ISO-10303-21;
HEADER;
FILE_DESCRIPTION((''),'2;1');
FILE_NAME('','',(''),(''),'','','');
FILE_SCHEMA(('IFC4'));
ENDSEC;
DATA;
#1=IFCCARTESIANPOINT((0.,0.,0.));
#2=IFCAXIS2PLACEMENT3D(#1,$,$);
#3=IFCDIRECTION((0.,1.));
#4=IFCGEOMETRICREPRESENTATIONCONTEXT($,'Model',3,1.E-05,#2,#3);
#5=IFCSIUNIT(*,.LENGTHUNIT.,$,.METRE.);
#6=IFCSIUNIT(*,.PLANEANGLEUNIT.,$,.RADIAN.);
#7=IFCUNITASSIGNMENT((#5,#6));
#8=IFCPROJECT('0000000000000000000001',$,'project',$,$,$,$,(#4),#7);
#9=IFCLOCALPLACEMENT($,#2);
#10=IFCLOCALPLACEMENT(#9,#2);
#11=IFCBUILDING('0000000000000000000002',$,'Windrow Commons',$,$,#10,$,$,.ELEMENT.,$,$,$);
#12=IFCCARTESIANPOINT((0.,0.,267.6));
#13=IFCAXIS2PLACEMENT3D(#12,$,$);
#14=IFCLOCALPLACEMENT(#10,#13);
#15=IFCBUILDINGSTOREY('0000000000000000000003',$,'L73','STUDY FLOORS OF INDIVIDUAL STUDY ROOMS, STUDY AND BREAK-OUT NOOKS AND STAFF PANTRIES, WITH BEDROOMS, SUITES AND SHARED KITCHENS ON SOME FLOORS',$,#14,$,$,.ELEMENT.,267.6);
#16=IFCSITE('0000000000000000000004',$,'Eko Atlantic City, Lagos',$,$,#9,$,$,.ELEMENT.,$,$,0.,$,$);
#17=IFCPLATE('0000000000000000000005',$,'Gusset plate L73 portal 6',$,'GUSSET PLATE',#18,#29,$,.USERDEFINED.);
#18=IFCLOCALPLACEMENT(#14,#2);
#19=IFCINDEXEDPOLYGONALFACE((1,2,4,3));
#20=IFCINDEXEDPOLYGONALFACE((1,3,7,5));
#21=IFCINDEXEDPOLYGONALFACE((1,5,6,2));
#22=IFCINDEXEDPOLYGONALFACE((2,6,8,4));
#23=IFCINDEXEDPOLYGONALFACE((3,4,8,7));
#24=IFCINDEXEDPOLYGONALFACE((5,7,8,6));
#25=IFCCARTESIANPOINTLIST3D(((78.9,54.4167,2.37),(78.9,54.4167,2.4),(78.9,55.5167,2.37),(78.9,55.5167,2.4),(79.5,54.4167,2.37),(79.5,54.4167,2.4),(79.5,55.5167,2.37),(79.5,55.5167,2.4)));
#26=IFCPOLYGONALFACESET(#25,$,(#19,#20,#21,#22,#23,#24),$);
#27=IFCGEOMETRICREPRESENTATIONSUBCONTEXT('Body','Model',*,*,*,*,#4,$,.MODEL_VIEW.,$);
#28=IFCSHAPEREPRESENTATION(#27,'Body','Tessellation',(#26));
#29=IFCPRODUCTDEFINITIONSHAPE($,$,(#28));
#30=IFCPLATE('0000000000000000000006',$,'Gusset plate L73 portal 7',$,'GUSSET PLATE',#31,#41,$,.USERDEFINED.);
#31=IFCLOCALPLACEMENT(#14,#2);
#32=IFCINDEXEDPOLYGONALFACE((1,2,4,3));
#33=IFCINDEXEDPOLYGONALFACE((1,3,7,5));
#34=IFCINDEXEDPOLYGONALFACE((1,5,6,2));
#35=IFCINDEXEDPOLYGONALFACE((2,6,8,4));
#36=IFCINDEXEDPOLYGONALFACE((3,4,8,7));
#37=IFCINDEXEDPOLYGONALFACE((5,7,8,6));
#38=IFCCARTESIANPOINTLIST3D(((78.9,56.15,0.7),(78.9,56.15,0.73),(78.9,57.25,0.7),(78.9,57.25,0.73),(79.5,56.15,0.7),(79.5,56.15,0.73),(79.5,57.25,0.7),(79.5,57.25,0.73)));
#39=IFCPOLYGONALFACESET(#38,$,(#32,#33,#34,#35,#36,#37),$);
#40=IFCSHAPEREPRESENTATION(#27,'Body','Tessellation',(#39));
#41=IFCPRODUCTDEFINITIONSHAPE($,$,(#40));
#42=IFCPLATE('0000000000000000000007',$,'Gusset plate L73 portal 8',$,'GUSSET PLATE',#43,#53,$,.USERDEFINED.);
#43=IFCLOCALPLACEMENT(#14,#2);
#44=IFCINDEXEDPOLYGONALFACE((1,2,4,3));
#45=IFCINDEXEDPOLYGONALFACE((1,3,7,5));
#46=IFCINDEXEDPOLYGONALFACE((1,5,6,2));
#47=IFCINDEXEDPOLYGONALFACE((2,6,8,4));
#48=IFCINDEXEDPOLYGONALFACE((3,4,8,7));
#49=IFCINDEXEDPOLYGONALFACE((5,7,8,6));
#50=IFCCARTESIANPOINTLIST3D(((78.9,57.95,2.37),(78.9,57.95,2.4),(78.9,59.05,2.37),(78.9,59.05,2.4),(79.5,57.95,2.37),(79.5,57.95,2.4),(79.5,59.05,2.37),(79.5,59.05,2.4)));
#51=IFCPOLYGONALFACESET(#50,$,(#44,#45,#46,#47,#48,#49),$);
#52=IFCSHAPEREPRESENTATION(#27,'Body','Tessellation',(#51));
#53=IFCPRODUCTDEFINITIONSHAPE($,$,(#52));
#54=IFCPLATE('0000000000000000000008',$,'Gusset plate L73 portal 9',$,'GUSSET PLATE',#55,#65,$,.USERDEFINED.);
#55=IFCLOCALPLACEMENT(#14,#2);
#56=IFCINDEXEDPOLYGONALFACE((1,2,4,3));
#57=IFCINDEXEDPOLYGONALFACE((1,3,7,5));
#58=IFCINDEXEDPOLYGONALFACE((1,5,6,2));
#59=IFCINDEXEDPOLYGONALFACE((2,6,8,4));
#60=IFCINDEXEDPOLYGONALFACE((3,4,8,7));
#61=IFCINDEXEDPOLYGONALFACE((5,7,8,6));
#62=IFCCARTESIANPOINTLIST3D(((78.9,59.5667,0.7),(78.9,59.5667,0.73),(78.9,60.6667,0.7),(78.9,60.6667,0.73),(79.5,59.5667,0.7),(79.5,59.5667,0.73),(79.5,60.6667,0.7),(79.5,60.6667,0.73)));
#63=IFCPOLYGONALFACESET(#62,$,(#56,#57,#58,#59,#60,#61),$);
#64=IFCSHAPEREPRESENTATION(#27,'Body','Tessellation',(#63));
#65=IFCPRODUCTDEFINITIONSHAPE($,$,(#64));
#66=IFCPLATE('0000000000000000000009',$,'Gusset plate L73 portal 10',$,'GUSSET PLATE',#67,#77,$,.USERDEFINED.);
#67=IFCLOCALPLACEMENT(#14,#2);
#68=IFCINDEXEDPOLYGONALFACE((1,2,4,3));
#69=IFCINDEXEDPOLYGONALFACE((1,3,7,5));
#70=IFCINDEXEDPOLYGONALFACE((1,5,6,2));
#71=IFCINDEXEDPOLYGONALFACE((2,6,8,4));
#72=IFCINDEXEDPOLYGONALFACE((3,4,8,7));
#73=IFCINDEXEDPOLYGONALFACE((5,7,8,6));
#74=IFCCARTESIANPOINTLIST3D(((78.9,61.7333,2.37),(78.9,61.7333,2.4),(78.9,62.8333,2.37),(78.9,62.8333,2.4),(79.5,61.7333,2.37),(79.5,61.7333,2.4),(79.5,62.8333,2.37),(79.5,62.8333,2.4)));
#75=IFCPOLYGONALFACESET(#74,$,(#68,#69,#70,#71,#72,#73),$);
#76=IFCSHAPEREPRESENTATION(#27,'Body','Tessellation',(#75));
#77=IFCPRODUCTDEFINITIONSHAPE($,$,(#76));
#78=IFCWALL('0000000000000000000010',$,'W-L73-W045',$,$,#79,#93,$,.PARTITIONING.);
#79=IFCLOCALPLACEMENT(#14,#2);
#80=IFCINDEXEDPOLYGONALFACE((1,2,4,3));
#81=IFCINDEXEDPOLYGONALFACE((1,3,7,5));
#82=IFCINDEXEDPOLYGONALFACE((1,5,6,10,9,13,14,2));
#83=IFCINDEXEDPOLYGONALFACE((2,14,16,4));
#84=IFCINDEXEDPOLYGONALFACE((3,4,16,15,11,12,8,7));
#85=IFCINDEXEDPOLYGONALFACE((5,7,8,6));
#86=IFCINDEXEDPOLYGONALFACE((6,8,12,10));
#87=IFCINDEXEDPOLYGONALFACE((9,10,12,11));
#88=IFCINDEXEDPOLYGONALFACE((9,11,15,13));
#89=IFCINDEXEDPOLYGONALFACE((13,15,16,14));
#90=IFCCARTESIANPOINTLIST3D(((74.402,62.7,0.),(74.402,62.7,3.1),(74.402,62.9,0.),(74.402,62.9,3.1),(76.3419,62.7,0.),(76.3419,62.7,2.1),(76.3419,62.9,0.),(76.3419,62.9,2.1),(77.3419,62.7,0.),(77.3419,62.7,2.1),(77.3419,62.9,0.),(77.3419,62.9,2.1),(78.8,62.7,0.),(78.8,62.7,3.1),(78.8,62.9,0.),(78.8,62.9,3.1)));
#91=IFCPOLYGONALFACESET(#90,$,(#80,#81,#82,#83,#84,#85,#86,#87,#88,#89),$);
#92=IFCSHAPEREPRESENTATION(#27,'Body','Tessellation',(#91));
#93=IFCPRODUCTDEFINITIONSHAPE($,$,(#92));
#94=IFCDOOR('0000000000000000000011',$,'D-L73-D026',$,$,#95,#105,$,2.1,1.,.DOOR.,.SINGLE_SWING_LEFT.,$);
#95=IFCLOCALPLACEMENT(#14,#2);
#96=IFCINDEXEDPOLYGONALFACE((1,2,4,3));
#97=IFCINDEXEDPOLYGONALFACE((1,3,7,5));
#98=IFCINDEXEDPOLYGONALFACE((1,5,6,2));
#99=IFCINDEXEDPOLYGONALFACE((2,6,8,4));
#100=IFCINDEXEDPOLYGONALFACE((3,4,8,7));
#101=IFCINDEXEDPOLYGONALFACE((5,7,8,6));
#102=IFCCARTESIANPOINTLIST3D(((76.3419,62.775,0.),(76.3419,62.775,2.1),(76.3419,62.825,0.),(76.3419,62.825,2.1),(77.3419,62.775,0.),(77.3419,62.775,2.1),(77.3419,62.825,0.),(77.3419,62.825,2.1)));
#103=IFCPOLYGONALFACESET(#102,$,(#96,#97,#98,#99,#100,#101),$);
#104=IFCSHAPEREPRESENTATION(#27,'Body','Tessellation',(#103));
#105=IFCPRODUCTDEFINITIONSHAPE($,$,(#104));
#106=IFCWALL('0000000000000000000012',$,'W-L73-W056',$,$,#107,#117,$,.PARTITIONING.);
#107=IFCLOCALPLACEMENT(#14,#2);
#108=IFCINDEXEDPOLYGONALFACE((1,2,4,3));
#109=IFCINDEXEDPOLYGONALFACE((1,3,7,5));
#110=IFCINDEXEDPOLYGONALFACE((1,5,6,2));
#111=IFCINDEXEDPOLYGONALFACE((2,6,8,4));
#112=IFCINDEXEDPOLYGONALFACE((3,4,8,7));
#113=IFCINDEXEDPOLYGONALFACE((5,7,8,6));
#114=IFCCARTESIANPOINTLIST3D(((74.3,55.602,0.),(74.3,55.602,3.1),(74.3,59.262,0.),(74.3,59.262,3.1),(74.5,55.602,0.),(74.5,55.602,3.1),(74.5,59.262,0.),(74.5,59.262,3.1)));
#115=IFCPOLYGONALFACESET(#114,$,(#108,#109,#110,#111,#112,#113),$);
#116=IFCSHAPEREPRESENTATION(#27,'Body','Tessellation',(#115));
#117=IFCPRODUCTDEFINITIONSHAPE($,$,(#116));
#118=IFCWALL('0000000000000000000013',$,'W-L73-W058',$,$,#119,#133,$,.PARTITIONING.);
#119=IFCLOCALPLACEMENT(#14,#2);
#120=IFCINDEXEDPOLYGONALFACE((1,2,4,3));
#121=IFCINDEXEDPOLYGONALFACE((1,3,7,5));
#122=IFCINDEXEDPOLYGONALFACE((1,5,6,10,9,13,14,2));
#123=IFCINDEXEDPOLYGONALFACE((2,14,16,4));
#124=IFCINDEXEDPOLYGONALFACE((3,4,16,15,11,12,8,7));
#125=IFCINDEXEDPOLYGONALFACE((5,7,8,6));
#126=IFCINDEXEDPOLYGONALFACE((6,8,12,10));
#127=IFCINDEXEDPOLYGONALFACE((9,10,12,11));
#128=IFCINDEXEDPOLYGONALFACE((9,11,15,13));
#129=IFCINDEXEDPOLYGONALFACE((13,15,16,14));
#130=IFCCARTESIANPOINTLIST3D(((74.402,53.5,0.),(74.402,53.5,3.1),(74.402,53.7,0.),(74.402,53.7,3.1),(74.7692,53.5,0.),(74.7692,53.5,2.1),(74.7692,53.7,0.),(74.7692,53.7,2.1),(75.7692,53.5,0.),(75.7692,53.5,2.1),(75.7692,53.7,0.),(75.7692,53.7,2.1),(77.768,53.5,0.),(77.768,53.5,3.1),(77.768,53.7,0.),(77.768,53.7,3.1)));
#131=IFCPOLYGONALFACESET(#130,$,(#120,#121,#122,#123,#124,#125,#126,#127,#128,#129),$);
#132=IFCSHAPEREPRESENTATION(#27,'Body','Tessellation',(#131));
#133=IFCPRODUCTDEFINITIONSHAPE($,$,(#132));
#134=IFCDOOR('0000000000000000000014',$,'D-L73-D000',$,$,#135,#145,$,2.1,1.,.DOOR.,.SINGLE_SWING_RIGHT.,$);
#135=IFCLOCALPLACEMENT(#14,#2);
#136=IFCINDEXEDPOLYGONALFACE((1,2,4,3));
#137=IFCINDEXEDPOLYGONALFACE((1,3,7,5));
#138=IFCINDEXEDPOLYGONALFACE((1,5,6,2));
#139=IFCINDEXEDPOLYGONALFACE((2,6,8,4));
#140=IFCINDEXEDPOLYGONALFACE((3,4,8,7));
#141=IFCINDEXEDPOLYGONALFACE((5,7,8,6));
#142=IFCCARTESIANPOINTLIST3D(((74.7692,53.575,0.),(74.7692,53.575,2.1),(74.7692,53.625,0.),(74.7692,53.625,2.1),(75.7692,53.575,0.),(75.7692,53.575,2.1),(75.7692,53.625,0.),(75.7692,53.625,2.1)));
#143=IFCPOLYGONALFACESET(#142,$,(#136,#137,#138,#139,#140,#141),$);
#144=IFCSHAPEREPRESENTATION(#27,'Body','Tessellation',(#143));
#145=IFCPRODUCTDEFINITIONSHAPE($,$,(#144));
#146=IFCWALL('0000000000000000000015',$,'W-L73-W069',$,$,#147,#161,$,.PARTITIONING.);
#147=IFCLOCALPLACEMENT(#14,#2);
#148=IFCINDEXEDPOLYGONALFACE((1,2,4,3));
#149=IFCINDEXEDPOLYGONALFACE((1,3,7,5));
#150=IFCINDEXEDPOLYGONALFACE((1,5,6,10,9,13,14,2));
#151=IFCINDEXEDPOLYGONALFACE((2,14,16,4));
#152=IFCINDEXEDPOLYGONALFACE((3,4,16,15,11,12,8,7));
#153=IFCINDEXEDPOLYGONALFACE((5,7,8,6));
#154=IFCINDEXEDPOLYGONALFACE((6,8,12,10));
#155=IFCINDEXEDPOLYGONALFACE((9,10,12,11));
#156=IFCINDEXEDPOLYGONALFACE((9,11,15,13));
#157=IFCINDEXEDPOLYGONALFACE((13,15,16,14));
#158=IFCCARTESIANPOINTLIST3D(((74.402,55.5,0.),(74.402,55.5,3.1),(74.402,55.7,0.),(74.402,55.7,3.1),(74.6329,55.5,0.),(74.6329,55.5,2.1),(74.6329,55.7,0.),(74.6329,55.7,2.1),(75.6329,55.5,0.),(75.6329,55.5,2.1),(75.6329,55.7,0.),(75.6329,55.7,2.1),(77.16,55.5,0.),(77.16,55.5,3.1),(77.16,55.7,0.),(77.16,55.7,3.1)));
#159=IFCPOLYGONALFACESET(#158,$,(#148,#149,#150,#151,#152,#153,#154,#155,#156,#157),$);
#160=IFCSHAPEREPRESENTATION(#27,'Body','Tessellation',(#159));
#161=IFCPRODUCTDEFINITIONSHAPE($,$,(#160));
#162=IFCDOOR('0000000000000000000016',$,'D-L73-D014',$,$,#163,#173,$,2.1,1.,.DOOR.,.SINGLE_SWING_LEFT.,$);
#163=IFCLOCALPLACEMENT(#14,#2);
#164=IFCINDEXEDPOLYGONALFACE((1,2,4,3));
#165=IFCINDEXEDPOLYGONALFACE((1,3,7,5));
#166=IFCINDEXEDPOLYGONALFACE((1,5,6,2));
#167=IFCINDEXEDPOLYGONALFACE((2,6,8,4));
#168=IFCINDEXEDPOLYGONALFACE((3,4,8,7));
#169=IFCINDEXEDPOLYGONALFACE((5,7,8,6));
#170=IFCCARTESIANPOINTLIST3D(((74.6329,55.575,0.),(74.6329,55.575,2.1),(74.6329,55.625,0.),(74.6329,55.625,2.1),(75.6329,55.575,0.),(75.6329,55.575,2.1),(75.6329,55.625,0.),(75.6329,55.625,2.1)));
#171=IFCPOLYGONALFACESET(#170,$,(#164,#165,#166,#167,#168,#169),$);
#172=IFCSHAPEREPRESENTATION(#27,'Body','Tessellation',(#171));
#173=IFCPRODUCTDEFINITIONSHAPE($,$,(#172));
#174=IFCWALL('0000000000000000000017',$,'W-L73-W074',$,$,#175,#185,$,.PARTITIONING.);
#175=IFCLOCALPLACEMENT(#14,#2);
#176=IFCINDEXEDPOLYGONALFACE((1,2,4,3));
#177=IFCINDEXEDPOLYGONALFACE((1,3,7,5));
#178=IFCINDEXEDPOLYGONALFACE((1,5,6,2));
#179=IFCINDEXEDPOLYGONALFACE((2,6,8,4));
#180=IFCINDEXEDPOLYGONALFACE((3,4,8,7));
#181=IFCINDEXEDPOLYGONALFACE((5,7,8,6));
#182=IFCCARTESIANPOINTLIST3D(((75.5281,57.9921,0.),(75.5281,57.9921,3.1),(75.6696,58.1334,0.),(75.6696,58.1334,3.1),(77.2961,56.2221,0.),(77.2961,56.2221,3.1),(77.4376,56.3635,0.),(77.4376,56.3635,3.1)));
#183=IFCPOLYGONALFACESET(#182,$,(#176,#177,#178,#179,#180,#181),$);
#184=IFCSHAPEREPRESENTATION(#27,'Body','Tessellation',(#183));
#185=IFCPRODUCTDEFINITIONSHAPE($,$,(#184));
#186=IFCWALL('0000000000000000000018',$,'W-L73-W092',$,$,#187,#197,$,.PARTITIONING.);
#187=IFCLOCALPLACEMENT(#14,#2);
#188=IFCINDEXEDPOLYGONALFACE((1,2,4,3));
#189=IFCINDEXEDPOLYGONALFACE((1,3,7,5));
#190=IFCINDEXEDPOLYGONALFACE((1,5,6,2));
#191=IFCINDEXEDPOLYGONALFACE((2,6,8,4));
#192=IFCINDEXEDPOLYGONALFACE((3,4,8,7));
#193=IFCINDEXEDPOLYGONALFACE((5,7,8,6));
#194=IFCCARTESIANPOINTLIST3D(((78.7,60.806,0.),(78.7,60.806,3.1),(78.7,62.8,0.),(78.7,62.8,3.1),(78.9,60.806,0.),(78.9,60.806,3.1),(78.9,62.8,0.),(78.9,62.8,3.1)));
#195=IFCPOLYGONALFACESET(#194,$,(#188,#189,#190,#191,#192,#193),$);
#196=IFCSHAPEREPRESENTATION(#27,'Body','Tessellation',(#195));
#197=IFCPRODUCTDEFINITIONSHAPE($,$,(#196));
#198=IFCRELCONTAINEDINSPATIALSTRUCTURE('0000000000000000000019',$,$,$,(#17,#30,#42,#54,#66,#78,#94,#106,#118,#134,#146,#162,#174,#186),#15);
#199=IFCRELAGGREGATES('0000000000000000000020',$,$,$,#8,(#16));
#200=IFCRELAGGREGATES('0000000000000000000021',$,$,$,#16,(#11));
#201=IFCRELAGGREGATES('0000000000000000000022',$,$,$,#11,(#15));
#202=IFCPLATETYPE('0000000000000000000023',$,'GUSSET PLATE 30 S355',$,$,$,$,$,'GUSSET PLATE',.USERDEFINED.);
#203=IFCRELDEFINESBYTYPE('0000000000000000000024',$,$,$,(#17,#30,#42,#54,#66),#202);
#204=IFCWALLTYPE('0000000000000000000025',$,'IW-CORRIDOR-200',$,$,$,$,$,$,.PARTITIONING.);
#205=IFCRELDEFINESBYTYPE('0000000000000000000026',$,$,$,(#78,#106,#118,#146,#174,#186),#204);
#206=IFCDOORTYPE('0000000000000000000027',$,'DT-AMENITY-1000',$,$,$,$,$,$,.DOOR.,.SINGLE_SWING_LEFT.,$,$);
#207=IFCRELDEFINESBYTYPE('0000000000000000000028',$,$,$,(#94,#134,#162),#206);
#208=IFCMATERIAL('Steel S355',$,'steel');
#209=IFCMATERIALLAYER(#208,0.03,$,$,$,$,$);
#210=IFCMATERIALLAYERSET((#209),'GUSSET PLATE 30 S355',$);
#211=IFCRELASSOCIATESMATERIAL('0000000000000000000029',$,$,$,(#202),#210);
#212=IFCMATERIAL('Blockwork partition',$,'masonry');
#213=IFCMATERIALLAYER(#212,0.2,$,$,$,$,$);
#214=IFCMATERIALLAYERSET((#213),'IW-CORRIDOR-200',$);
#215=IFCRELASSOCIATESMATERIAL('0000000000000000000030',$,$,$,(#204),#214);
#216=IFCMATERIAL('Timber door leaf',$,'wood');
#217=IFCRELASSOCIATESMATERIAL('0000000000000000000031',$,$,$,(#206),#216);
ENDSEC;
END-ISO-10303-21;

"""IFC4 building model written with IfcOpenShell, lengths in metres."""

from ifc_helpers import new_model, si_unit, direction, frame, frame_2d, origin, origin_2d, place, context, subcontext, project, spatial, rectangle, extrude, material, layer, layer_set, type_object, element, fill, save


model = new_model("IFC4")

# Units and contexts
model_context = context("Model", 3, precision=1e-05, world=origin(), true_north=direction((0.0, 1.0)))
body_context = subcontext(model_context, "Body", "Model", "MODEL_VIEW")
ifc_project = project(units=[si_unit("LENGTHUNIT", "METRE"), si_unit("PLANEANGLEUNIT", "RADIAN")], contexts=[model_context])

# Site, building, storey
site_placement = place(None, origin())
site = spatial("IfcSite", under=ifc_project, at=site_placement, Name="Eko Atlantic City, Lagos", CompositionType="ELEMENT", RefElevation=0.0)
building_placement = place(site_placement, origin())
building = spatial("IfcBuilding", under=site, at=building_placement, Name="Windrow Commons", CompositionType="ELEMENT")
storey_placement = place(building_placement, frame((0.0, 0.0, 267.6)))
storey = spatial("IfcBuildingStorey", under=building, at=storey_placement, Name="L73", Description="STUDY FLOORS OF INDIVIDUAL STUDY ROOMS, STUDY AND BREAK-OUT NOOKS AND STAFF PANTRIES, WITH BEDROOMS, SUITES AND SHARED KITCHENS ON SOME FLOORS", CompositionType="ELEMENT", Elevation=267.6)

# Plates
ifc_material_1 = material(Name="Steel S355", Category="steel")
ifc_layer_1 = layer(ifc_material_1, 0.03)
ifc_layer_set_1 = layer_set([ifc_layer_1], Name="GUSSET PLATE 30 S355")
plate_type = type_object("IfcPlateType", Name="GUSSET PLATE 30 S355", ElementType="GUSSET PLATE", PredefinedType="USERDEFINED", material=ifc_layer_set_1)
for number, where, z_axis, x_axis, name in (
    (1, (79.2, 54.9667, 2.37), (0.0, 0.0, 1.0), (0.0, 1.0, 0.0), "Gusset plate L73 portal 6"),
    (2, (79.2, 56.7, 0.7), (0.0, 0.0, 1.0), (0.0, 1.0, 0.0), "Gusset plate L73 portal 7"),
    (3, (79.2, 58.5, 2.37), (0.0, 0.0, 1.0), (0.0, 1.0, 0.0), "Gusset plate L73 portal 8"),
    (4, (79.2, 60.1167, 0.7), (0.0, 0.0, 1.0), (0.0, 1.0, 0.0), "Gusset plate L73 portal 9"),
    (5, (79.2, 62.2833, 2.37), (0.0, 0.0, 1.0), (0.0, 1.0, 0.0), "Gusset plate L73 portal 10"),
):
    element("IfcPlate", number, at=place(storey_placement, frame(where, z_axis=z_axis, x_axis=x_axis)), inside=storey, type_object=plate_type, Name=name, ObjectType="GUSSET PLATE", PredefinedType="USERDEFINED", context=body_context, shape_type="SweptSolid", body=[
        extrude(rectangle(XDim=1.1, YDim=0.6, at=origin_2d()), origin(), (0.0, 0.0, 1.0), 0.03),
    ])

# Wall, opening, door
ifc_material_2 = material(Name="Blockwork partition", Category="masonry")
ifc_layer_2 = layer(ifc_material_2, 0.2)
ifc_layer_set_2 = layer_set([ifc_layer_2], Name="IW-CORRIDOR-200")
wall_type_1 = type_object("IfcWallType", Name="IW-CORRIDOR-200", PredefinedType="PARTITIONING", material=ifc_layer_set_2)
wall_1_placement = place(storey_placement, frame((74.402, 62.8, 0.0), z_axis=(0.0, 0.0, 1.0), x_axis=(1.0, 0.0, 0.0)))
wall_1 = element("IfcWall", 6, at=wall_1_placement, inside=storey, type_object=wall_type_1, Name="W-L73-W045", PredefinedType="PARTITIONING", context=body_context, shape_type="SweptSolid", body=[
    extrude(rectangle(XDim=4.398, YDim=0.2, at=frame_2d((2.199, 0.0))), origin(), (0.0, 0.0, 1.0), 3.1),
])
opening_1_placement = place(wall_1_placement, frame((1.9399, 0.0, 0.0)))
opening_1 = element("IfcOpeningElement", 7, at=opening_1_placement, cuts=wall_1, PredefinedType="OPENING", context=body_context, shape_type="SweptSolid", body=[
    extrude(rectangle(XDim=1.0, YDim=2.1, at=frame_2d((0.5, 1.05))), frame((0.0, 0.11, 0.0), z_axis=(0.0, -1.0, 0.0), x_axis=(1.0, 0.0, 0.0)), (0.0, 0.0, 1.0), 0.22),
])
ifc_material_3 = material(Name="Timber door leaf", Category="wood")
door_type = type_object("IfcDoorType", Name="DT-AMENITY-1000", OperationType="SINGLE_SWING_LEFT", PredefinedType="DOOR", material=ifc_material_3)
door_1_placement = place(opening_1_placement, origin())
door_1 = element("IfcDoor", 8, at=door_1_placement, inside=storey, type_object=door_type, Name="D-L73-D026", OperationType="SINGLE_SWING_LEFT", OverallHeight=2.1, OverallWidth=1.0, PredefinedType="DOOR", context=body_context, shape_type="SweptSolid", body=[
    extrude(rectangle(XDim=1.0, YDim=2.1, at=frame_2d((0.5, 1.05))), frame((0.0, 0.025, 0.0), z_axis=(0.0, -1.0, 0.0), x_axis=(1.0, 0.0, 0.0)), (0.0, 0.0, 1.0), 0.05),
])
fill(opening_1, door_1)

# Wall
wall_2_placement = place(storey_placement, frame((74.4, 55.602, 0.0), z_axis=(0.0, 0.0, 1.0), x_axis=(0.0, 1.0, 0.0)))
element("IfcWall", 9, at=wall_2_placement, inside=storey, type_object=wall_type_1, Name="W-L73-W056", PredefinedType="PARTITIONING", context=body_context, shape_type="SweptSolid", body=[
    extrude(rectangle(XDim=3.66, YDim=0.2, at=frame_2d((1.83, 0.0))), origin(), (0.0, 0.0, 1.0), 3.1),
])

# Walls, openings, doors
wall_3_placement = place(storey_placement, frame((74.402, 53.6, 0.0), z_axis=(0.0, 0.0, 1.0), x_axis=(1.0, 0.0, 0.0)))
wall_3 = element("IfcWall", 10, at=wall_3_placement, inside=storey, type_object=wall_type_1, Name="W-L73-W058", PredefinedType="PARTITIONING", context=body_context, shape_type="SweptSolid", body=[
    extrude(rectangle(XDim=3.366, YDim=0.2, at=frame_2d((1.683, 0.0))), origin(), (0.0, 0.0, 1.0), 3.1),
])
opening_2_placement = place(wall_3_placement, frame((0.3672, 0.0, 0.0)))
opening_2 = element("IfcOpeningElement", 11, at=opening_2_placement, cuts=wall_3, PredefinedType="OPENING", context=body_context, shape_type="SweptSolid", body=[
    extrude(rectangle(XDim=1.0, YDim=2.1, at=frame_2d((0.5, 1.05))), frame((0.0, 0.11, 0.0), z_axis=(0.0, -1.0, 0.0), x_axis=(1.0, 0.0, 0.0)), (0.0, 0.0, 1.0), 0.22),
])
door_2_placement = place(opening_2_placement, origin())
door_2 = element("IfcDoor", 12, at=door_2_placement, inside=storey, type_object=door_type, Name="D-L73-D000", OperationType="SINGLE_SWING_RIGHT", OverallHeight=2.1, OverallWidth=1.0, PredefinedType="DOOR", context=body_context, shape_type="SweptSolid", body=[
    extrude(rectangle(XDim=1.0, YDim=2.1, at=frame_2d((0.5, 1.05))), frame((0.0, 0.025, 0.0), z_axis=(0.0, -1.0, 0.0), x_axis=(1.0, 0.0, 0.0)), (0.0, 0.0, 1.0), 0.05),
])
fill(opening_2, door_2)
wall_4_placement = place(storey_placement, frame((74.402, 55.6, 0.0), z_axis=(0.0, 0.0, 1.0), x_axis=(1.0, 0.0, 0.0)))
wall_4 = element("IfcWall", 13, at=wall_4_placement, inside=storey, type_object=wall_type_1, Name="W-L73-W069", PredefinedType="PARTITIONING", context=body_context, shape_type="SweptSolid", body=[
    extrude(rectangle(XDim=2.758, YDim=0.2, at=frame_2d((1.379, 0.0))), origin(), (0.0, 0.0, 1.0), 3.1),
])
opening_3_placement = place(wall_4_placement, frame((0.2309, 0.0, 0.0)))
opening_3 = element("IfcOpeningElement", 14, at=opening_3_placement, cuts=wall_4, PredefinedType="OPENING", context=body_context, shape_type="SweptSolid", body=[
    extrude(rectangle(XDim=1.0, YDim=2.1, at=frame_2d((0.5, 1.05))), frame((0.0, 0.11, 0.0), z_axis=(0.0, -1.0, 0.0), x_axis=(1.0, 0.0, 0.0)), (0.0, 0.0, 1.0), 0.22),
])
door_3_placement = place(opening_3_placement, origin())
door_3 = element("IfcDoor", 15, at=door_3_placement, inside=storey, type_object=door_type, Name="D-L73-D014", OperationType="SINGLE_SWING_LEFT", OverallHeight=2.1, OverallWidth=1.0, PredefinedType="DOOR", context=body_context, shape_type="SweptSolid", body=[
    extrude(rectangle(XDim=1.0, YDim=2.1, at=frame_2d((0.5, 1.05))), frame((0.0, 0.025, 0.0), z_axis=(0.0, -1.0, 0.0), x_axis=(1.0, 0.0, 0.0)), (0.0, 0.0, 1.0), 0.05),
])
fill(opening_3, door_3)

# Walls
wall_5_placement = place(storey_placement, frame((75.5988, 58.0628, 0.0), z_axis=(0.0, 0.0, 1.0), x_axis=(0.706707, -0.707506, 0.0)))
element("IfcWall", 16, at=wall_5_placement, inside=storey, type_object=wall_type_1, Name="W-L73-W074", PredefinedType="PARTITIONING", context=body_context, shape_type="SweptSolid", body=[
    extrude(rectangle(XDim=2.5017, YDim=0.2, at=frame_2d((1.2509, 0.0))), origin(), (0.0, 0.0, 1.0), 3.1),
])
wall_6_placement = place(storey_placement, frame((78.8, 60.806, 0.0), z_axis=(0.0, 0.0, 1.0), x_axis=(0.0, 1.0, 0.0)))
element("IfcWall", 17, at=wall_6_placement, inside=storey, type_object=wall_type_1, Name="W-L73-W092", PredefinedType="PARTITIONING", context=body_context, shape_type="SweptSolid", body=[
    extrude(rectangle(XDim=1.994, YDim=0.2, at=frame_2d((0.997, 0.0))), origin(), (0.0, 0.0, 1.0), 3.1),
])

save(model, "model.ifc")
